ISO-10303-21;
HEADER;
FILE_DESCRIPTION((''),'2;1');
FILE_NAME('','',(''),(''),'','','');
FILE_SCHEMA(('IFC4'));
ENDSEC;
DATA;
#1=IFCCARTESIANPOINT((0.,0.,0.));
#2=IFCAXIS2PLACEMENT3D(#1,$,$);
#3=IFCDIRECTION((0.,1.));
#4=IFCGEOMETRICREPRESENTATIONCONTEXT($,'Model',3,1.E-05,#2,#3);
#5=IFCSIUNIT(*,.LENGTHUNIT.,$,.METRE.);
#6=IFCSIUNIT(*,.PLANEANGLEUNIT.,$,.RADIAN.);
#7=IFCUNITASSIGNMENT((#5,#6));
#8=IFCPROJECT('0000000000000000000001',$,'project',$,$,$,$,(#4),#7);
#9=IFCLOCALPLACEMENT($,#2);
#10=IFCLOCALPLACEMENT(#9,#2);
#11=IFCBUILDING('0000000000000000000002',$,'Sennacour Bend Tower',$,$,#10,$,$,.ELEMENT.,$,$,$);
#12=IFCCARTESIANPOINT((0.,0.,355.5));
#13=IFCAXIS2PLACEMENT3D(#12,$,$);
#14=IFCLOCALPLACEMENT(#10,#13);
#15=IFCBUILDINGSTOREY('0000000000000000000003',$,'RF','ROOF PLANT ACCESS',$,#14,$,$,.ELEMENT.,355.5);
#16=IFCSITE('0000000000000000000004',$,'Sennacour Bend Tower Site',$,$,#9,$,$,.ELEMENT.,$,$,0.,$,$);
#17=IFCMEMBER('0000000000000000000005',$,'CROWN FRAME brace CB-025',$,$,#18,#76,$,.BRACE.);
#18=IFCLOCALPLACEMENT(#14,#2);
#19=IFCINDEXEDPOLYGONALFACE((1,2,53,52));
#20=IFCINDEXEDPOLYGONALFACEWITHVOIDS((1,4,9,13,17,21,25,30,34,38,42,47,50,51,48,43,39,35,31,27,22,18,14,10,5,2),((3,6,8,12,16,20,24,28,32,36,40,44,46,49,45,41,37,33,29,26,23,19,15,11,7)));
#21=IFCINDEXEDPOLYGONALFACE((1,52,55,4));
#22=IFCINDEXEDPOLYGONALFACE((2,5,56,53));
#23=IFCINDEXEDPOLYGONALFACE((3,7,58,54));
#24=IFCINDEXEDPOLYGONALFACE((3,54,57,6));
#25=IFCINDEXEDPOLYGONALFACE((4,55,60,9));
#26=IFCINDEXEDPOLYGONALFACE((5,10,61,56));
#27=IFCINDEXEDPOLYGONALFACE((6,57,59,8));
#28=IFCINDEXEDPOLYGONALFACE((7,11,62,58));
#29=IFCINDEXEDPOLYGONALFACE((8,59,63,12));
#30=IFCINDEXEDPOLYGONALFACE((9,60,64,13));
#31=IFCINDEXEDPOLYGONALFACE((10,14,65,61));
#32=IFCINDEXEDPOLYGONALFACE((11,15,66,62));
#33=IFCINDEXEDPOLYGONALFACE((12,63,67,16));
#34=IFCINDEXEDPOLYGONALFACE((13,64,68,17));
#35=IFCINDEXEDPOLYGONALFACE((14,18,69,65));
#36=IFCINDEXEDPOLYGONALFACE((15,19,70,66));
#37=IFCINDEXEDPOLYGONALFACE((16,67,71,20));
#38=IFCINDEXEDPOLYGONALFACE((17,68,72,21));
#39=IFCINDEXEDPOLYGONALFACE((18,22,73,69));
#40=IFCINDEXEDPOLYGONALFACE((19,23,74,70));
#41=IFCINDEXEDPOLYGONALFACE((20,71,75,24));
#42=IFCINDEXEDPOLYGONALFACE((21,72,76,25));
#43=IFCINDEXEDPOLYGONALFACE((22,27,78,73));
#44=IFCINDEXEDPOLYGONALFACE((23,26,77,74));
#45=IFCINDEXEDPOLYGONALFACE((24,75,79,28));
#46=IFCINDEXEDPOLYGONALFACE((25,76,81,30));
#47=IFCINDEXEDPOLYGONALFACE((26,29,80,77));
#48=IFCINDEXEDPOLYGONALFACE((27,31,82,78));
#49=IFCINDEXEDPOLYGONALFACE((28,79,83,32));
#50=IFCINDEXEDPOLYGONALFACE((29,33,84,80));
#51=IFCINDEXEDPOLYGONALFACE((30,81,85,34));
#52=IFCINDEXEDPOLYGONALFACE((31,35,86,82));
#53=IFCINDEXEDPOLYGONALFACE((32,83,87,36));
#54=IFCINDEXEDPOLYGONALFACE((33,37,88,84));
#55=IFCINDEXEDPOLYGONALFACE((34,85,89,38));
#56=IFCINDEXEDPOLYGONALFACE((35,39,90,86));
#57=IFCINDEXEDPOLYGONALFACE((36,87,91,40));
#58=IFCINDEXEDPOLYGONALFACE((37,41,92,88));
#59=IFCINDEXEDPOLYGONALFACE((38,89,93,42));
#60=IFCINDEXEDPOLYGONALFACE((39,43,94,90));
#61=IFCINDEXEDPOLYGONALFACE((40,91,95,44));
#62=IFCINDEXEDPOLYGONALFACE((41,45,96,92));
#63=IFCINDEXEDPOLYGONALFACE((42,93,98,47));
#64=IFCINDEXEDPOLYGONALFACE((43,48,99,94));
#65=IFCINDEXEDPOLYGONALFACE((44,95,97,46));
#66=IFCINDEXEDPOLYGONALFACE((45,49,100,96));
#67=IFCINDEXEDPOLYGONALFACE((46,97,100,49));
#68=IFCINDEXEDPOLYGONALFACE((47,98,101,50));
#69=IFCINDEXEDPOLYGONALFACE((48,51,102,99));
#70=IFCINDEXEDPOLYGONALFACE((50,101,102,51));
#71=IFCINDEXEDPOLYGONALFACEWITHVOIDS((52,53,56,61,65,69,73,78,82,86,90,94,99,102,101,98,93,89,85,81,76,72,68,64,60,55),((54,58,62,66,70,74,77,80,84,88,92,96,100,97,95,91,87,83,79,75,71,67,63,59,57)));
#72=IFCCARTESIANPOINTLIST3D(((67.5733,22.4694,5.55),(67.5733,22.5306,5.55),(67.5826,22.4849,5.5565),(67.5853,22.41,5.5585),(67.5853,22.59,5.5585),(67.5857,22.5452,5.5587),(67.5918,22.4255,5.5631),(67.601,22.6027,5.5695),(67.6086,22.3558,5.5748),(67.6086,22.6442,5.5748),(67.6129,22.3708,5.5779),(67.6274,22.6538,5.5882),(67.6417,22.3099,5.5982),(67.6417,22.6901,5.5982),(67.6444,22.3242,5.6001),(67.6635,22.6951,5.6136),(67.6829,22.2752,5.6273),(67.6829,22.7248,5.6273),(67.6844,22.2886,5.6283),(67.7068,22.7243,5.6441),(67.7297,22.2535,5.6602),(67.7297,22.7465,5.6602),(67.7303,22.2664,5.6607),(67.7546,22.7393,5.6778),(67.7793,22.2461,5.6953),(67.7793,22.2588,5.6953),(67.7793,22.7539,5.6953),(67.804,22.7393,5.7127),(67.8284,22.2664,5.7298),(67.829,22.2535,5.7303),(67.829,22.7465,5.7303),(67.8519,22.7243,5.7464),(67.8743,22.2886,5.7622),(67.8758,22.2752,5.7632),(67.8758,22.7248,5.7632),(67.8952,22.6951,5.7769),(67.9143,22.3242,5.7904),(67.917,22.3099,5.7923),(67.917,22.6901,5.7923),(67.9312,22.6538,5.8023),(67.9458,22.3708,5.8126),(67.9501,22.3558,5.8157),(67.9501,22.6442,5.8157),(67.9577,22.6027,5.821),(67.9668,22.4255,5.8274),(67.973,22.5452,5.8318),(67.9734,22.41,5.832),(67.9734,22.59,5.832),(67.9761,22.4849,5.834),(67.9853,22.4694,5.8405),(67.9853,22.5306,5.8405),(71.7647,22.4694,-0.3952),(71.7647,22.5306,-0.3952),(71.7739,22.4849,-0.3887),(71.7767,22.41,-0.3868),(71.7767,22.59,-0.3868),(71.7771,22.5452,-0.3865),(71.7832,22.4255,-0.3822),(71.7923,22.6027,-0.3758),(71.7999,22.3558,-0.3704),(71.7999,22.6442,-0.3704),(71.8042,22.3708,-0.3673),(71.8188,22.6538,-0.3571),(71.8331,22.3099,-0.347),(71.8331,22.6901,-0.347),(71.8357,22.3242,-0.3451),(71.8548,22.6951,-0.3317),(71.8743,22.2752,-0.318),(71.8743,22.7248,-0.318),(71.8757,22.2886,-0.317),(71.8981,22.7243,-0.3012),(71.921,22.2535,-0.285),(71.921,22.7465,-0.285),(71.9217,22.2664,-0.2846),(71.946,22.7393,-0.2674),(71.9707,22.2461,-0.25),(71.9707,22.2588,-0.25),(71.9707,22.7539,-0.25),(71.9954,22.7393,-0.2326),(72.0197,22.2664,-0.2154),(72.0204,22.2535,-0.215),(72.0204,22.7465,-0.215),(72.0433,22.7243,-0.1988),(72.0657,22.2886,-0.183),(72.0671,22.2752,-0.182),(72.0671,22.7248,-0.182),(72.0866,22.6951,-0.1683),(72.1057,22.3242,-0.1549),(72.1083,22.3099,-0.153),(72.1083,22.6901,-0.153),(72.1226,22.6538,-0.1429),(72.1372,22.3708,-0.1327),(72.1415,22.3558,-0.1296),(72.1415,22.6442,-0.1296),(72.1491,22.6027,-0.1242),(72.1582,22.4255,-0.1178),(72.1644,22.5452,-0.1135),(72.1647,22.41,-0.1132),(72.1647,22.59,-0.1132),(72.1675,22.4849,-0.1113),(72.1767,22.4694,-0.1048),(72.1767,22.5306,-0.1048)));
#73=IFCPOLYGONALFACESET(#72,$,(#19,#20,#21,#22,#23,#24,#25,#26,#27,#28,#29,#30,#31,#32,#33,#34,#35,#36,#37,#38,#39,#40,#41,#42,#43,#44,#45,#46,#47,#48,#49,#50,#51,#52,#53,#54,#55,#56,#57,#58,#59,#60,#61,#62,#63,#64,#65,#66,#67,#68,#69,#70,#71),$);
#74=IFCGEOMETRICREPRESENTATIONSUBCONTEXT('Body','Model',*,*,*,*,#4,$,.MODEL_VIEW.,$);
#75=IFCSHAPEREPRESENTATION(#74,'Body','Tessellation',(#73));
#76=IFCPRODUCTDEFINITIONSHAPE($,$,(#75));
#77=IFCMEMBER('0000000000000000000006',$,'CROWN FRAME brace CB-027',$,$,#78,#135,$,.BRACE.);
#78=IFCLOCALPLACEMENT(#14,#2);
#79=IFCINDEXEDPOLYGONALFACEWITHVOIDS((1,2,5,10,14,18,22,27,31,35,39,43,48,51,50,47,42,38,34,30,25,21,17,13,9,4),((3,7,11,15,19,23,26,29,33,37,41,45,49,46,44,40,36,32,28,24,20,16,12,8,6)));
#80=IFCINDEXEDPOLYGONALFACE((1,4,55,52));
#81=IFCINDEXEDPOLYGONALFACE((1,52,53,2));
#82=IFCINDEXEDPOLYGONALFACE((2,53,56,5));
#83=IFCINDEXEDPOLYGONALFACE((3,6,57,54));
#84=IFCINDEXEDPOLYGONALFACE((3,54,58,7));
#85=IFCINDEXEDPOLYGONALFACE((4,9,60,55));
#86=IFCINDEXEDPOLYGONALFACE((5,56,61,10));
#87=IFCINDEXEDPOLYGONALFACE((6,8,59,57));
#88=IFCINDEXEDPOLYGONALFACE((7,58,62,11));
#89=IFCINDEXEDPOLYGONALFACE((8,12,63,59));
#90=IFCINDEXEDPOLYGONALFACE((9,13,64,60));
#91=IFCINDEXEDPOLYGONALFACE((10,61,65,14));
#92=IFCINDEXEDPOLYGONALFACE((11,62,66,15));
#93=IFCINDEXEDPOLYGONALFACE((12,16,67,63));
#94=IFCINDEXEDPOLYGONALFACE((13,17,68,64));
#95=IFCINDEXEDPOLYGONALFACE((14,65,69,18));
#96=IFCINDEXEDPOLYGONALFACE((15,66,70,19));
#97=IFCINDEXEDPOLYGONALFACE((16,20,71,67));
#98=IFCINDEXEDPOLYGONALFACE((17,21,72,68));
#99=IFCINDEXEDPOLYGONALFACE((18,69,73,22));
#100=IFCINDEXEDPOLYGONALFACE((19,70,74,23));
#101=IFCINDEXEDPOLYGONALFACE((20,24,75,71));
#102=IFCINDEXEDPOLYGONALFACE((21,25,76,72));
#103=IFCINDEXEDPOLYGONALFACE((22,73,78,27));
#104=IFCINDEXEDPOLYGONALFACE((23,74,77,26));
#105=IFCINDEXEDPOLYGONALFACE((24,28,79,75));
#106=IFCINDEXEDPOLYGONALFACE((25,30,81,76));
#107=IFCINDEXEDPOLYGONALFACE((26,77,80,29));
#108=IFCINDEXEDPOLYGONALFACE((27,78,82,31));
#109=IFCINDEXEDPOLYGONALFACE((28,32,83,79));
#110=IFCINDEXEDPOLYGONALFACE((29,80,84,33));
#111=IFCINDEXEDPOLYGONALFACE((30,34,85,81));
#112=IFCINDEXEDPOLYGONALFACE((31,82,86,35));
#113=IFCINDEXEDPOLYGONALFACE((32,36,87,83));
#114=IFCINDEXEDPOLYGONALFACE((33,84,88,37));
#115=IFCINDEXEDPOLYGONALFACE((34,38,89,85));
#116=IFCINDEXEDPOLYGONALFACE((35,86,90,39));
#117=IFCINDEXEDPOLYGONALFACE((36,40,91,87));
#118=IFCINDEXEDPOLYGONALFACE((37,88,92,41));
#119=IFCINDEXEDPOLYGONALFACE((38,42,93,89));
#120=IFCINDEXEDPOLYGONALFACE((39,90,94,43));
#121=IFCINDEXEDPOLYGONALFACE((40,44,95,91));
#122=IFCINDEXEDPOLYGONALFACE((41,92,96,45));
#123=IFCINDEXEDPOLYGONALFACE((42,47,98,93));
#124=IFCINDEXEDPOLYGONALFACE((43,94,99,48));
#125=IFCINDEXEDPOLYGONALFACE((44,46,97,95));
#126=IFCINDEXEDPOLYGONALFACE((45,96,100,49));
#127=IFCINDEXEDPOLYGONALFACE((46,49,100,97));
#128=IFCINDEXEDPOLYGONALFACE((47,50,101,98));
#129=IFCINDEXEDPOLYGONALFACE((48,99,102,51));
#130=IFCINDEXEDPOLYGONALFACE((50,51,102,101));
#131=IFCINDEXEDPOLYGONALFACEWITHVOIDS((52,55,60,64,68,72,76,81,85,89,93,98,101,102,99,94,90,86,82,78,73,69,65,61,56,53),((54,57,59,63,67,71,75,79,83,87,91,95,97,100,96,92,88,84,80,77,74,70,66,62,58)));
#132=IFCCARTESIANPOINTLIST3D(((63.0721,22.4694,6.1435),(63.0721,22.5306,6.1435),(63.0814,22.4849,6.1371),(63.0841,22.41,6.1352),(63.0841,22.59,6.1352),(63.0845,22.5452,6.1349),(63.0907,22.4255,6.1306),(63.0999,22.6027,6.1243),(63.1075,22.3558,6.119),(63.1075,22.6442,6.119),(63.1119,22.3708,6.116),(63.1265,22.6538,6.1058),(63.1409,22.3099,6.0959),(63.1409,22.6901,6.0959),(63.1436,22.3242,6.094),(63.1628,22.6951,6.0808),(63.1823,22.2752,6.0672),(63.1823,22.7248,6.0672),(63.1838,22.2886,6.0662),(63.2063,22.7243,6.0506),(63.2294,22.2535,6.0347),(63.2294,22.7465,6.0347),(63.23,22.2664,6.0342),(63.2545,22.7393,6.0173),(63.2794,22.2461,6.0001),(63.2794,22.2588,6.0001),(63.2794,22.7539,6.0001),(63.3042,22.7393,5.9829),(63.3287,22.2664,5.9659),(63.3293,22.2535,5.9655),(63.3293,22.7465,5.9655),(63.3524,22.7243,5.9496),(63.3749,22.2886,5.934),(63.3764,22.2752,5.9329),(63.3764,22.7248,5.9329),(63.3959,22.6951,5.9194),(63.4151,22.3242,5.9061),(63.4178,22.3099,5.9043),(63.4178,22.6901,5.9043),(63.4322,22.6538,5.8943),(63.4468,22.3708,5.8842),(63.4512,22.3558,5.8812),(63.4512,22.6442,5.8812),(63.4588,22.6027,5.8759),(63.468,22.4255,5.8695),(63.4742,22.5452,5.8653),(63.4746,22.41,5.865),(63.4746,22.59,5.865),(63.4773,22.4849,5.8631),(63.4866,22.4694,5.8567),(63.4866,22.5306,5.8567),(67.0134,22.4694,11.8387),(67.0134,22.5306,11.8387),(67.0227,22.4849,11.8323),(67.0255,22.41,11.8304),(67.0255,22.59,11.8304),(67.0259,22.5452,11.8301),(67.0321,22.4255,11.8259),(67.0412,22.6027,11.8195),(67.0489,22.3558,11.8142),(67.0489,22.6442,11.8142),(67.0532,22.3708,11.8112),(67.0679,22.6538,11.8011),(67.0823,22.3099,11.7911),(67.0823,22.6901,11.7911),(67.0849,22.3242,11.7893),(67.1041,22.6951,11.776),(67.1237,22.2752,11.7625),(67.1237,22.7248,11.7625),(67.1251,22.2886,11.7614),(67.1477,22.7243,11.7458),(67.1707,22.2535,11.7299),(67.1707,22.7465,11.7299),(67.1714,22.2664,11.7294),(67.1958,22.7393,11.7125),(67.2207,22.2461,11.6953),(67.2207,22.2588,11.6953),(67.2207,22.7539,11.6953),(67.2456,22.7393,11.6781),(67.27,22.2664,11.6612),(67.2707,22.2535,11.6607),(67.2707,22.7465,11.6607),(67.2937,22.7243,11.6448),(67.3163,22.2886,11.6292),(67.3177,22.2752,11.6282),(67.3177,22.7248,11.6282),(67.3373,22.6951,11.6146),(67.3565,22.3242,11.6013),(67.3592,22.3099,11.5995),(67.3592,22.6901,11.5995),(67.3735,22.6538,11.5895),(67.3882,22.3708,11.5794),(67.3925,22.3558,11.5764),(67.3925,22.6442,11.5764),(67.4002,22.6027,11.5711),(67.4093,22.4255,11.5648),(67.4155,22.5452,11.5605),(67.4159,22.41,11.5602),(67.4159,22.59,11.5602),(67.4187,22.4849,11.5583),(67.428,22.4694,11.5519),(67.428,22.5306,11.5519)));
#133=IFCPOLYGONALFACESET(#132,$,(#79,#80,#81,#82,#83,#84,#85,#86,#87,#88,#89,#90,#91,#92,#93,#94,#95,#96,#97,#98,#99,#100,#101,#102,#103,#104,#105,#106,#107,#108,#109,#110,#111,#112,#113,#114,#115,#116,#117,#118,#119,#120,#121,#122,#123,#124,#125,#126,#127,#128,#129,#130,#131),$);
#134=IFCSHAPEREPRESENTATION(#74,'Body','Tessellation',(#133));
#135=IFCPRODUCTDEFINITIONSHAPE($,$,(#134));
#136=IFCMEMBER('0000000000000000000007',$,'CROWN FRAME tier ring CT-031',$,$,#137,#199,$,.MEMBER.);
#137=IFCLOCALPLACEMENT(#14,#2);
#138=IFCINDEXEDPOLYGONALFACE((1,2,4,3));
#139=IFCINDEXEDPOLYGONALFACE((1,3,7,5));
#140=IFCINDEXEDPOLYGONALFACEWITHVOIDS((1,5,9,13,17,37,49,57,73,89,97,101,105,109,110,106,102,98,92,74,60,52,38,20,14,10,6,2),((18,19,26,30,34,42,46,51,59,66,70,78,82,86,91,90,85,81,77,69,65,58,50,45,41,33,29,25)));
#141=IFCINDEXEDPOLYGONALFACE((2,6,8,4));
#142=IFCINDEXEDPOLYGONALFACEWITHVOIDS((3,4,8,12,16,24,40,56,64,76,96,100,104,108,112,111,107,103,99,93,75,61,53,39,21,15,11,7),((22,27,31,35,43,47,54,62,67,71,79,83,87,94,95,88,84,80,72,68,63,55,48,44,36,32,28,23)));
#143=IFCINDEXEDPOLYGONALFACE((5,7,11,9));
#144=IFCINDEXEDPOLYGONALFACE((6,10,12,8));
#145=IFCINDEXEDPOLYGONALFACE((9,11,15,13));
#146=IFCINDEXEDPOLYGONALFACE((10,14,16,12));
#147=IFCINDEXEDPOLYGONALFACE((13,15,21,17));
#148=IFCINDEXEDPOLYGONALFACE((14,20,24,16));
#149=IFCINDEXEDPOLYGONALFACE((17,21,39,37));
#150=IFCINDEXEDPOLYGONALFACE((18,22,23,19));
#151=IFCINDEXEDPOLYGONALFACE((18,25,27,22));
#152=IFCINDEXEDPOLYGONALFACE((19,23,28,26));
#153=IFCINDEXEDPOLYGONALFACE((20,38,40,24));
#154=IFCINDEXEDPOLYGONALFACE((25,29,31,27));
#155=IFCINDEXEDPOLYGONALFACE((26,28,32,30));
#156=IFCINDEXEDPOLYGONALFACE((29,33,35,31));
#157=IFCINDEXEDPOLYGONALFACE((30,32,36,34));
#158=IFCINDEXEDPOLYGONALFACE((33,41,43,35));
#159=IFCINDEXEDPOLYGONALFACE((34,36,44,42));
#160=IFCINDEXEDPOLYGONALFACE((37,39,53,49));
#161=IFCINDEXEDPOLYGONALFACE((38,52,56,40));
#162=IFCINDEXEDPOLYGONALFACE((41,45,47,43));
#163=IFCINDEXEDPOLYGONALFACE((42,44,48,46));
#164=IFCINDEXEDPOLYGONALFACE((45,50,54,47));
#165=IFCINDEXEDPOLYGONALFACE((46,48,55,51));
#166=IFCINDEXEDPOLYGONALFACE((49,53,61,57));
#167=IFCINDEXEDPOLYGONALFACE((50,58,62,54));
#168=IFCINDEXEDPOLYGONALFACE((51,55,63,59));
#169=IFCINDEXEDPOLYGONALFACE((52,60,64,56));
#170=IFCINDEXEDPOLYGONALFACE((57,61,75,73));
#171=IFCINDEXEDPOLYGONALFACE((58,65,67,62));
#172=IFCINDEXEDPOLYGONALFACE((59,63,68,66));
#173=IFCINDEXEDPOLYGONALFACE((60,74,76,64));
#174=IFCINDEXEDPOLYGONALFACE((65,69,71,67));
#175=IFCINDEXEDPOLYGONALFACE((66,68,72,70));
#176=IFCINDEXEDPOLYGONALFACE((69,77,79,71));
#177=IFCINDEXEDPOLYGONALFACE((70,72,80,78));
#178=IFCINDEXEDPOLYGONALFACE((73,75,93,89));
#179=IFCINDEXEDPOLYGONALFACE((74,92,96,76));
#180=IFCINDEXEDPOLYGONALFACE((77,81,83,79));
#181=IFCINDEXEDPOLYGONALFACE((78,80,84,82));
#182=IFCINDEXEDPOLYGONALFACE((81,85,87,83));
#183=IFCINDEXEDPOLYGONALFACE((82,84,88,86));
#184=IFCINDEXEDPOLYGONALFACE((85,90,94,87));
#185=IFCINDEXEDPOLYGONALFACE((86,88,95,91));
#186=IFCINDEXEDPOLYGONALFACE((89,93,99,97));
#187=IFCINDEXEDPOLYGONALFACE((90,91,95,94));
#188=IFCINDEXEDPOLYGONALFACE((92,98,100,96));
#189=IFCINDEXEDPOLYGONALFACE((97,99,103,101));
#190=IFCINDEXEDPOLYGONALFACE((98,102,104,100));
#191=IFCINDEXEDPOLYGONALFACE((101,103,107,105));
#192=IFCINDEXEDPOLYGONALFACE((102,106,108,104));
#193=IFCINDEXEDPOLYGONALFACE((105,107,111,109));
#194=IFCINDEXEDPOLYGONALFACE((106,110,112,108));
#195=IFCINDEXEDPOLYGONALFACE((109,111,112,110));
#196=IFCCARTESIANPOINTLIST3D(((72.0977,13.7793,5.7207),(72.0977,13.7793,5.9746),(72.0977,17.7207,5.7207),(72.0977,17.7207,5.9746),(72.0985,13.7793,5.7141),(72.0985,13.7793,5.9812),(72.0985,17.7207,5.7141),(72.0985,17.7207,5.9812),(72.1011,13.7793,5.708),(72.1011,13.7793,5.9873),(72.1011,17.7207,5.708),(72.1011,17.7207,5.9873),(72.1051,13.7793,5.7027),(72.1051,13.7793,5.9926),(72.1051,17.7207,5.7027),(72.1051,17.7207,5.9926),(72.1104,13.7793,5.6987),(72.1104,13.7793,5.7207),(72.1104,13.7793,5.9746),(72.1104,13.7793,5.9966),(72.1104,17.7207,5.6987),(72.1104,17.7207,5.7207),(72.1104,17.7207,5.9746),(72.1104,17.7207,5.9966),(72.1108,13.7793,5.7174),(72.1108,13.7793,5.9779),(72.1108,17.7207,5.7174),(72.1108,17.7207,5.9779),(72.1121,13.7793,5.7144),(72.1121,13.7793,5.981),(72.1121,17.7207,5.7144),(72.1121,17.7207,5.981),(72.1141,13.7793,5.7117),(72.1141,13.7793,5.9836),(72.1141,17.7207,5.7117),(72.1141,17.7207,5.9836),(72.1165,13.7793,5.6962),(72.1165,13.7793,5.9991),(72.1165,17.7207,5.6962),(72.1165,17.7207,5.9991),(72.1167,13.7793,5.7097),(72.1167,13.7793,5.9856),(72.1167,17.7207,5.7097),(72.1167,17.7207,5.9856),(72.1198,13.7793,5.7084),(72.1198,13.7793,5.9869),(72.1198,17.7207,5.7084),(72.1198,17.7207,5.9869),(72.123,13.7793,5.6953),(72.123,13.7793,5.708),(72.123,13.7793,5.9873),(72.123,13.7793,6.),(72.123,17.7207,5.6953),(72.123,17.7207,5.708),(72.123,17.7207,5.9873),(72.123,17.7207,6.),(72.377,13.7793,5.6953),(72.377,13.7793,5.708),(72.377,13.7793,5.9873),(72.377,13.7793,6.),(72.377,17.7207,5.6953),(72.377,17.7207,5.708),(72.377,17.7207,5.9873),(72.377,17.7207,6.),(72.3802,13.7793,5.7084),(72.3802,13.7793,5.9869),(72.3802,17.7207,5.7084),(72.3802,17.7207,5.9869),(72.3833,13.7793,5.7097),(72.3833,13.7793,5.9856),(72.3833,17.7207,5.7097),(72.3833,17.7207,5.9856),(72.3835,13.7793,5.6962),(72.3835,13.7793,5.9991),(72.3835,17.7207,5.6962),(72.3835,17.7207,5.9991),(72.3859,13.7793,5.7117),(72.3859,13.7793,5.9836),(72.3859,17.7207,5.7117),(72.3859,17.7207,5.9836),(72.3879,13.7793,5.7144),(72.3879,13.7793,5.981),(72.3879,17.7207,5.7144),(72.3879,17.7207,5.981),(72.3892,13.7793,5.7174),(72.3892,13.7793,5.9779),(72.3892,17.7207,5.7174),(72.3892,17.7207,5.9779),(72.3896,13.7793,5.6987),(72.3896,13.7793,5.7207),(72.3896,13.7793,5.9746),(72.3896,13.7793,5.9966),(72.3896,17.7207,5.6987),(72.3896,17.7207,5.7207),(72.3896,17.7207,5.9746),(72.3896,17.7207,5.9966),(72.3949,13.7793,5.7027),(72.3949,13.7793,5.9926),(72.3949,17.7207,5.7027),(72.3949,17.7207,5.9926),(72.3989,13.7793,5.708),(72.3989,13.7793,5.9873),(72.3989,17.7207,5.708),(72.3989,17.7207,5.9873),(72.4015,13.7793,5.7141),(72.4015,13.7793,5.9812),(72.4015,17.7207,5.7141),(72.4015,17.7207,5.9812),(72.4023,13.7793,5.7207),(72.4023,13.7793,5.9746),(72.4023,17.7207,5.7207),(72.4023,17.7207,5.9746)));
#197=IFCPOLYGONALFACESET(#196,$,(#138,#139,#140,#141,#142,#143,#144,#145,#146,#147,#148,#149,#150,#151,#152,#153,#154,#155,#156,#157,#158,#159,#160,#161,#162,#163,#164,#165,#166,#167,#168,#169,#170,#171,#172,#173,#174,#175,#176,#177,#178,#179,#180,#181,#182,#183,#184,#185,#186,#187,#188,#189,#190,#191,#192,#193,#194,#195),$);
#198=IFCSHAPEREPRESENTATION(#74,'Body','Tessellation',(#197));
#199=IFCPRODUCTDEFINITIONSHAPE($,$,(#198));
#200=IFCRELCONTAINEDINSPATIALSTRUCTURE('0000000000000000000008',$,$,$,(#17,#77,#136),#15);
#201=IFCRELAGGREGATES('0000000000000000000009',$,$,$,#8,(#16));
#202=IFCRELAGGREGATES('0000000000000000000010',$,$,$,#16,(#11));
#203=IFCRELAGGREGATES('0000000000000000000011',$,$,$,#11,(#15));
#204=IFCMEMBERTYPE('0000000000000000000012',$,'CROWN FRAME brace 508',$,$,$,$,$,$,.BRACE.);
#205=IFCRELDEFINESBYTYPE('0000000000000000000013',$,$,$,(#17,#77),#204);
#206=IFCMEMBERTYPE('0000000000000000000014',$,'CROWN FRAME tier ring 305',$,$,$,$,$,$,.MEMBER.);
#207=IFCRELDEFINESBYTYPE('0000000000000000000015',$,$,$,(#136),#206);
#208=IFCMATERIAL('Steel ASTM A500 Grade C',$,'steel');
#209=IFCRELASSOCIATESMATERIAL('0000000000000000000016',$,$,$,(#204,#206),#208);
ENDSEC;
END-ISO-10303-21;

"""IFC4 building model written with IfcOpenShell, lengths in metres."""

from ifc_helpers import new_model, si_unit, direction, frame, origin, origin_2d, place, context, subcontext, project, spatial, hollow_rectangle, hollow_circle, extrude, material, material_profile, profile_set, type_object, element, save


model = new_model("IFC4")

# Units and contexts
model_context = context("Model", 3, precision=1e-05, world=origin(), true_north=direction((0.0, 1.0)))
body_context = subcontext(model_context, "Body", "Model", "MODEL_VIEW")
ifc_project = project(units=[si_unit("LENGTHUNIT", "METRE"), si_unit("PLANEANGLEUNIT", "RADIAN")], contexts=[model_context])

# Site, building, storey
site_placement = place(None, origin())
site = spatial("IfcSite", under=ifc_project, at=site_placement, Name="Sennacour Bend Tower Site", CompositionType="ELEMENT", RefElevation=0.0)
building_placement = place(site_placement, origin())
building = spatial("IfcBuilding", under=site, at=building_placement, Name="Sennacour Bend Tower", CompositionType="ELEMENT")
storey_placement = place(building_placement, frame((0.0, 0.0, 355.5)))
storey = spatial("IfcBuildingStorey", under=building, at=storey_placement, Name="RF", Description="ROOF PLANT ACCESS", CompositionType="ELEMENT", Elevation=355.5)

# Shared definitions
ifc_material_1 = material(Name="Steel ASTM A500 Grade C", Category="steel")

# Members
ifc_material_profile_1 = material_profile(ifc_material_1, hollow_circle(Radius=0.2539, WallThickness=0.0127, at=origin_2d()), Name="Steel ASTM A500 Grade C", Category="steel")
ifc_profile_set_1 = profile_set([ifc_material_profile_1], Name="Steel ASTM A500 Grade C")
member_type_1 = type_object("IfcMemberType", Name="CROWN FRAME brace 508", PredefinedType="BRACE", material=ifc_profile_set_1)
member_1_placement = place(storey_placement, frame((71.9707, 22.5, -0.25), z_axis=(-0.576198, 0.0, 0.81731), x_axis=(0.0, -1.0, 0.0)))
element("IfcMember", 1, at=member_1_placement, inside=storey, type_object=member_type_1, Name="CROWN FRAME brace CB-025", PredefinedType="BRACE", context=body_context, shape_type="SweptSolid", body=[
    extrude(hollow_circle(Radius=0.2539, WallThickness=0.0127, at=origin_2d()), origin(), (0.0, 0.0, 1.0), 7.2742),
])
member_2_placement = place(storey_placement, frame((67.2207, 22.5, 11.6953), z_axis=(-0.569063, 0.0, -0.822294), x_axis=(0.0, -1.0, 0.0)))
element("IfcMember", 2, at=member_2_placement, inside=storey, type_object=member_type_1, Name="CROWN FRAME brace CB-027", PredefinedType="BRACE", context=body_context, shape_type="SweptSolid", body=[
    extrude(hollow_circle(Radius=0.2539, WallThickness=0.0127, at=origin_2d()), origin(), (0.0, 0.0, 1.0), 6.926),
])
ifc_material_profile_2 = material_profile(ifc_material_1, hollow_rectangle(XDim=0.3047, YDim=0.3047, WallThickness=0.0127, InnerFilletRadius=0.0127, OuterFilletRadius=0.0254, at=origin_2d()), Name="Steel ASTM A500 Grade C", Category="steel")
ifc_profile_set_2 = profile_set([ifc_material_profile_2], Name="Steel ASTM A500 Grade C")
member_type_2 = type_object("IfcMemberType", Name="CROWN FRAME tier ring 305", PredefinedType="MEMBER", material=ifc_profile_set_2)
for number, where, z_axis, x_axis, name in (
    (3, (72.25, 13.7793, 5.8477), (0.0, 1.0, 0.0), (-1.0, 0.0, 0.0), "CROWN FRAME tier ring CT-031"),
):
    element("IfcMember", number, at=place(storey_placement, frame(where, z_axis=z_axis, x_axis=x_axis)), inside=storey, type_object=member_type_2, Name=name, PredefinedType="MEMBER", context=body_context, shape_type="SweptSolid", body=[
        extrude(hollow_rectangle(XDim=0.3047, YDim=0.3047, WallThickness=0.0127, InnerFilletRadius=0.0127, OuterFilletRadius=0.0254, at=origin_2d()), origin(), (0.0, 0.0, 1.0), 3.9414),
    ])

save(model, "model.ifc")
